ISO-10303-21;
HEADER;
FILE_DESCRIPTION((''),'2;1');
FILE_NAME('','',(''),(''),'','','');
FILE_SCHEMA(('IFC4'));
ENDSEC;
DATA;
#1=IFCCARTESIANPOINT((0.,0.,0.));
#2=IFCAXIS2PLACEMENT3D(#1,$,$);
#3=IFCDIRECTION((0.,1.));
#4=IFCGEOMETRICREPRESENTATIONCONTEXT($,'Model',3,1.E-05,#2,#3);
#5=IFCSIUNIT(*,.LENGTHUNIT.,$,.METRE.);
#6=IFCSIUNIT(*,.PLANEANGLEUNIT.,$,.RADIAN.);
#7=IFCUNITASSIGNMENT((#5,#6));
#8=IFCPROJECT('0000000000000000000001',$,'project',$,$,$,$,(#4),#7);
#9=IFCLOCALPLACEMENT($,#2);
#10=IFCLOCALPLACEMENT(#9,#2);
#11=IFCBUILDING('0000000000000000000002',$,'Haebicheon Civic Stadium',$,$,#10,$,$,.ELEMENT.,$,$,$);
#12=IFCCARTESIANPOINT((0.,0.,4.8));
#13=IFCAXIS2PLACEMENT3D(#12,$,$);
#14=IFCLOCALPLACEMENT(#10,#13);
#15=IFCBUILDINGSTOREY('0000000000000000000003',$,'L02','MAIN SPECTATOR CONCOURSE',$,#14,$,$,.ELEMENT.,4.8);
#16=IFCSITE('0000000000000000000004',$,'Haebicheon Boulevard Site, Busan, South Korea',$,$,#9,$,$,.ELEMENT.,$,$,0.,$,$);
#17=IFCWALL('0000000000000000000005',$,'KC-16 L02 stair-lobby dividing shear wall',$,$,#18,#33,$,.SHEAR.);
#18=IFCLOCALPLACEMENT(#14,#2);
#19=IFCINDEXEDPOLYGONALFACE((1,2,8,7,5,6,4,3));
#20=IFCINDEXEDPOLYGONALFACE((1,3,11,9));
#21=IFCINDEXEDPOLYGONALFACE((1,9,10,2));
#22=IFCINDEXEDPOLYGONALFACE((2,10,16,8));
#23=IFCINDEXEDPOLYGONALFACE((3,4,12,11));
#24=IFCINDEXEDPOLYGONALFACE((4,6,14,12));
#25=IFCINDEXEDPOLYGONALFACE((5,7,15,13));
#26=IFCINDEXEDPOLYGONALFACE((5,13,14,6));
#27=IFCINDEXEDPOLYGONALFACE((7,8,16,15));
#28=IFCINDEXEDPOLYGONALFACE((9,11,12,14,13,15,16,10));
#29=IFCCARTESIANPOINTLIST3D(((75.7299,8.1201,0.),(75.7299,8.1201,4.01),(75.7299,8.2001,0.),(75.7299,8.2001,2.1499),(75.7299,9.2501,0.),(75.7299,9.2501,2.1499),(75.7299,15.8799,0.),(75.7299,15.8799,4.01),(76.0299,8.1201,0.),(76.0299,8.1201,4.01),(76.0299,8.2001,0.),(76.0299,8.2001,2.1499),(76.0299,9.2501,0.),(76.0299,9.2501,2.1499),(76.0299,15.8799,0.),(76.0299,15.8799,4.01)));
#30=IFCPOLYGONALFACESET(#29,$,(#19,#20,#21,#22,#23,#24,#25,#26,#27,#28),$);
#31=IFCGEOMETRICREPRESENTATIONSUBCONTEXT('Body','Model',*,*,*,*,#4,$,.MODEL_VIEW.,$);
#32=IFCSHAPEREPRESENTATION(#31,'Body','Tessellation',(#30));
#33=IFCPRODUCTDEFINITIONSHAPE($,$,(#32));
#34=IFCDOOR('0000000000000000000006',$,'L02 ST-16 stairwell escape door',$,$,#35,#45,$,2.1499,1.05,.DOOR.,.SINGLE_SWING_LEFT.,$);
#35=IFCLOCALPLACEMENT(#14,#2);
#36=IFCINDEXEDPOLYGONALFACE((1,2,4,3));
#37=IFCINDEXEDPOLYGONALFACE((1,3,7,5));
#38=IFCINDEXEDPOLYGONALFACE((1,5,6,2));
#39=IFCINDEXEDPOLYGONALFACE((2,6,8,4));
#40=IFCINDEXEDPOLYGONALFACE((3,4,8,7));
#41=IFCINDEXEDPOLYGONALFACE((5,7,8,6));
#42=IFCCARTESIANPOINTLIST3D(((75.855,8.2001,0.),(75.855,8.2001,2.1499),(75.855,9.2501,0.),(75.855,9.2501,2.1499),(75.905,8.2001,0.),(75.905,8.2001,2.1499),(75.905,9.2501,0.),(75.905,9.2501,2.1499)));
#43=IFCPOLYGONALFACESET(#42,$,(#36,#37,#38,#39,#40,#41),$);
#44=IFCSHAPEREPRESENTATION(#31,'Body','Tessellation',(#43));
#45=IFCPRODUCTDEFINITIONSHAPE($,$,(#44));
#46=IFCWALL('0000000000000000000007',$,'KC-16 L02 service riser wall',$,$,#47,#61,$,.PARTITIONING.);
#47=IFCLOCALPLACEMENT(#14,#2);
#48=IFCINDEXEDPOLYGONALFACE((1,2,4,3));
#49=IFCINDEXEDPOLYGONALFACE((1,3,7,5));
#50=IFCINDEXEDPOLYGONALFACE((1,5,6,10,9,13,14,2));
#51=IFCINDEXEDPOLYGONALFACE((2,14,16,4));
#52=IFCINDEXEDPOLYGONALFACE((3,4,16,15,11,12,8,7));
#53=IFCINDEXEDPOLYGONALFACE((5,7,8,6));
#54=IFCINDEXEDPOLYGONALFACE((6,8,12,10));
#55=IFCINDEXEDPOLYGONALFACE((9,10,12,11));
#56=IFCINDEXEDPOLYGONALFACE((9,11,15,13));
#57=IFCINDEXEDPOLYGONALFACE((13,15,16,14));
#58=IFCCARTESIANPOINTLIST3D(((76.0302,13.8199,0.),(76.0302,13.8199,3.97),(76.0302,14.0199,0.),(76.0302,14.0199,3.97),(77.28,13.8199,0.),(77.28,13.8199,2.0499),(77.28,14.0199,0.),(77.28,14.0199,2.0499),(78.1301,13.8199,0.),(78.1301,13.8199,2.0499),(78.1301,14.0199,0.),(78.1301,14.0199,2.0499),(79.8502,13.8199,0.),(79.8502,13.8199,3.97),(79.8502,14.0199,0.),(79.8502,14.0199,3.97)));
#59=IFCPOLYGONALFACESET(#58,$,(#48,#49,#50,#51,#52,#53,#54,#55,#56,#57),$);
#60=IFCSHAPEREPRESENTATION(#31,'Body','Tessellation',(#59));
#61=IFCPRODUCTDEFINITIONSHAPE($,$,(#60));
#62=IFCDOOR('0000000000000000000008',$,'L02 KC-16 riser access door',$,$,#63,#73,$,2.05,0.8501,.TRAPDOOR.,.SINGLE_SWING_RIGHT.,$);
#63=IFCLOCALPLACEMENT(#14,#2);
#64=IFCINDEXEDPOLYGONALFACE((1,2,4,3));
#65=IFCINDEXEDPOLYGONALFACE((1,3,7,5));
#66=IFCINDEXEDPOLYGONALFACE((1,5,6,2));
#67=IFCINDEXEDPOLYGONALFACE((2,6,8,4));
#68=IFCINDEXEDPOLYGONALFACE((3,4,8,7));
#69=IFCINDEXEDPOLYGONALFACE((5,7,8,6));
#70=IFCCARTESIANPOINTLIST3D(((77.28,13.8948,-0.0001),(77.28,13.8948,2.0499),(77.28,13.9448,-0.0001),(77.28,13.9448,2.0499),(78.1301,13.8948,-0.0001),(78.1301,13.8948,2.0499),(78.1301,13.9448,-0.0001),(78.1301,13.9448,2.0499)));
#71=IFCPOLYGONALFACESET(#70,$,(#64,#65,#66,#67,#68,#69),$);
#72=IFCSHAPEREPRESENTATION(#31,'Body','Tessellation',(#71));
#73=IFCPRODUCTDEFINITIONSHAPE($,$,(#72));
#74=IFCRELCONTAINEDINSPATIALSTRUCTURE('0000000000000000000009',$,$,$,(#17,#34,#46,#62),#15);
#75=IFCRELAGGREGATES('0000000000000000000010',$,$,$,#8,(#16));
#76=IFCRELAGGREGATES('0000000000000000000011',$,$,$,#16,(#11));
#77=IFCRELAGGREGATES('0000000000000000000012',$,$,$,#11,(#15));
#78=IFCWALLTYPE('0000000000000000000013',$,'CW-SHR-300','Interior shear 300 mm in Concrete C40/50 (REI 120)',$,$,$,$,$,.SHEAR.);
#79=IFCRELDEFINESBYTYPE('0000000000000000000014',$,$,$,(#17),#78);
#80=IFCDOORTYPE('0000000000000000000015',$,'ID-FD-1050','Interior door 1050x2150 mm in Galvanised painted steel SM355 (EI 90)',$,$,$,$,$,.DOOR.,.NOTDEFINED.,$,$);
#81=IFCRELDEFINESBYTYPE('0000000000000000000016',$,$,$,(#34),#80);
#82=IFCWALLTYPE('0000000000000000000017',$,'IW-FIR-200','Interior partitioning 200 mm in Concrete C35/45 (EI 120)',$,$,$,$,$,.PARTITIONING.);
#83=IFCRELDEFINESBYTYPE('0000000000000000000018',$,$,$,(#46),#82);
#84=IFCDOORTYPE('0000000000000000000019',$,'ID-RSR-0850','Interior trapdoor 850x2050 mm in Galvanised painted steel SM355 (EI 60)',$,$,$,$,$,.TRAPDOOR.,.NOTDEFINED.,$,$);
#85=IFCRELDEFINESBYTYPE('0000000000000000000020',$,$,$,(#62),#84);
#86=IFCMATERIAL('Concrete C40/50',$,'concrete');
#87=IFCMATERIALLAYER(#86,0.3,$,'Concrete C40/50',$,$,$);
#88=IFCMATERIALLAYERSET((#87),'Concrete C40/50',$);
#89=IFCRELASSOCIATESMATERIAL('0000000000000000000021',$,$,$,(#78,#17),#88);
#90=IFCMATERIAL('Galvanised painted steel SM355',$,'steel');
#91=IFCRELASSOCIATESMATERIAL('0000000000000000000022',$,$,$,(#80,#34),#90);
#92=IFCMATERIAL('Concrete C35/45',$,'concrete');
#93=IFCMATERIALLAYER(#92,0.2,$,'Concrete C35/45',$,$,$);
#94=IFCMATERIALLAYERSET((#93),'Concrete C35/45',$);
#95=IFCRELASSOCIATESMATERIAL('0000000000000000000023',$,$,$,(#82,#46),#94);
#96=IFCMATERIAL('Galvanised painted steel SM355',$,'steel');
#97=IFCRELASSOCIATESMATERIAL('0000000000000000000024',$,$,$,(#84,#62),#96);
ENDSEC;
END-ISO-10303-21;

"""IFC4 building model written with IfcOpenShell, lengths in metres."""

from ifc_helpers import new_model, si_unit, direction, frame, frame_2d, origin, place, context, subcontext, project, spatial, rectangle, extrude, material, layer, layer_set, type_object, element, fill, save


model = new_model("IFC4")

# Units and contexts
model_context = context("Model", 3, precision=1e-05, world=origin(), true_north=direction((0.0, 1.0)))
body_context = subcontext(model_context, "Body", "Model", "MODEL_VIEW")
ifc_project = project(units=[si_unit("LENGTHUNIT", "METRE"), si_unit("PLANEANGLEUNIT", "RADIAN")], contexts=[model_context])

# Site, building, storey
site_placement = place(None, origin())
site = spatial("IfcSite", under=ifc_project, at=site_placement, Name="Haebicheon Boulevard Site, Busan, South Korea", CompositionType="ELEMENT", RefElevation=0.0)
building_placement = place(site_placement, origin())
building = spatial("IfcBuilding", under=site, at=building_placement, Name="Haebicheon Civic Stadium", CompositionType="ELEMENT")
storey_placement = place(building_placement, frame((0.0, 0.0, 4.8)))
storey = spatial("IfcBuildingStorey", under=building, at=storey_placement, Name="L02", Description="MAIN SPECTATOR CONCOURSE", CompositionType="ELEMENT", Elevation=4.8)

# Shared definitions
ifc_material_1 = material(Name="Concrete C40/50", Category="concrete")
ifc_layer_1 = layer(ifc_material_1, 0.3, Name="Concrete C40/50")
ifc_layer_set_1 = layer_set([ifc_layer_1], Name="Concrete C40/50")
wall_type_1 = type_object("IfcWallType", Name="CW-SHR-300", Description="Interior shear 300 mm in Concrete C40/50 (REI 120)", PredefinedType="SHEAR", material=ifc_layer_set_1)

# Walls, openings, doors
wall_1_placement = place(storey_placement, frame((75.8799, 8.1201, 0.0), z_axis=(0.0, 0.0, 1.0), x_axis=(0.0, 1.0, 0.0)))
wall_1 = element("IfcWall", 1, at=wall_1_placement, inside=storey, type_object=wall_type_1, material=ifc_layer_set_1, Name="KC-16 L02 stair-lobby dividing shear wall", PredefinedType="SHEAR", context=body_context, shape_type="SweptSolid", body=[
    extrude(rectangle(XDim=7.7598, YDim=0.3, at=frame_2d((3.8799, 0.0))), origin(), (0.0, 0.0, 1.0), 4.01),
])
opening_1_placement = place(wall_1_placement, frame((0.0801, 0.0, 0.0)))
opening_1 = element("IfcOpeningElement", 2, at=opening_1_placement, cuts=wall_1, PredefinedType="OPENING", context=body_context, shape_type="SweptSolid", body=[
    extrude(rectangle(XDim=1.05, YDim=2.1499, at=frame_2d((0.5249, 1.075))), frame((0.0, 0.1599, 0.0), z_axis=(0.0, -1.0, 0.0), x_axis=(1.0, 0.0, 0.0)), (0.0, 0.0, 1.0), 0.3201),
])
ifc_material_2 = material(Name="Galvanised painted steel SM355", Category="steel")
door_type_1 = type_object("IfcDoorType", Name="ID-FD-1050", Description="Interior door 1050x2150 mm in Galvanised painted steel SM355 (EI 90)", OperationType="NOTDEFINED", PredefinedType="DOOR", material=ifc_material_2)
door_1_placement = place(opening_1_placement, origin())
door_1 = element("IfcDoor", 3, at=door_1_placement, inside=storey, type_object=door_type_1, material=ifc_material_2, Name="L02 ST-16 stairwell escape door", OperationType="SINGLE_SWING_LEFT", OverallHeight=2.1499, OverallWidth=1.05, PredefinedType="DOOR", context=body_context, shape_type="SweptSolid", body=[
    extrude(rectangle(XDim=1.05, YDim=2.1499, at=frame_2d((0.5249, 1.075))), frame((0.0, 0.0249, 0.0), z_axis=(0.0, -1.0, 0.0), x_axis=(1.0, 0.0, 0.0)), (0.0, 0.0, 1.0), 0.05),
])
fill(opening_1, door_1)
ifc_material_3 = material(Name="Concrete C35/45", Category="concrete")
ifc_layer_2 = layer(ifc_material_3, 0.2, Name="Concrete C35/45")
ifc_layer_set_2 = layer_set([ifc_layer_2], Name="Concrete C35/45")
wall_type_2 = type_object("IfcWallType", Name="IW-FIR-200", Description="Interior partitioning 200 mm in Concrete C35/45 (EI 120)", PredefinedType="PARTITIONING", material=ifc_layer_set_2)
wall_2_placement = place(storey_placement, frame((76.03, 13.9199, 0.0), z_axis=(0.0, 0.0, 1.0), x_axis=(1.0, 0.0, 0.0)))
wall_2 = element("IfcWall", 4, at=wall_2_placement, inside=storey, type_object=wall_type_2, material=ifc_layer_set_2, Name="KC-16 L02 service riser wall", PredefinedType="PARTITIONING", context=body_context, shape_type="SweptSolid", body=[
    extrude(rectangle(XDim=3.8201, YDim=0.2, at=frame_2d((1.9102, 0.0))), origin(), (0.0, 0.0, 1.0), 3.97),
])
opening_2_placement = place(wall_2_placement, frame((1.25, 0.0, 0.0)))
opening_2 = element("IfcOpeningElement", 5, at=opening_2_placement, cuts=wall_2, PredefinedType="OPENING", context=body_context, shape_type="SweptSolid", body=[
    extrude(rectangle(XDim=0.8501, YDim=2.05, at=frame_2d((0.425, 1.0249))), frame((0.0, 0.1099, 0.0), z_axis=(0.0, -1.0, 0.0), x_axis=(1.0, 0.0, 0.0)), (0.0, 0.0, 1.0), 0.22),
])
ifc_material_4 = material(Name="Galvanised painted steel SM355", Category="steel")
door_type_2 = type_object("IfcDoorType", Name="ID-RSR-0850", Description="Interior trapdoor 850x2050 mm in Galvanised painted steel SM355 (EI 60)", OperationType="NOTDEFINED", PredefinedType="TRAPDOOR", material=ifc_material_4)
door_2_placement = place(opening_2_placement, origin())
door_2 = element("IfcDoor", 6, at=door_2_placement, inside=storey, type_object=door_type_2, material=ifc_material_4, Name="L02 KC-16 riser access door", OperationType="SINGLE_SWING_RIGHT", OverallHeight=2.05, OverallWidth=0.8501, PredefinedType="TRAPDOOR", context=body_context, shape_type="SweptSolid", body=[
    extrude(rectangle(XDim=0.8501, YDim=2.05, at=frame_2d((0.425, 1.0249))), frame((0.0, 0.0249, 0.0), z_axis=(0.0, -1.0, 0.0), x_axis=(1.0, 0.0, 0.0)), (0.0, 0.0, 1.0), 0.05),
])
fill(opening_2, door_2)

save(model, "model.ifc")
